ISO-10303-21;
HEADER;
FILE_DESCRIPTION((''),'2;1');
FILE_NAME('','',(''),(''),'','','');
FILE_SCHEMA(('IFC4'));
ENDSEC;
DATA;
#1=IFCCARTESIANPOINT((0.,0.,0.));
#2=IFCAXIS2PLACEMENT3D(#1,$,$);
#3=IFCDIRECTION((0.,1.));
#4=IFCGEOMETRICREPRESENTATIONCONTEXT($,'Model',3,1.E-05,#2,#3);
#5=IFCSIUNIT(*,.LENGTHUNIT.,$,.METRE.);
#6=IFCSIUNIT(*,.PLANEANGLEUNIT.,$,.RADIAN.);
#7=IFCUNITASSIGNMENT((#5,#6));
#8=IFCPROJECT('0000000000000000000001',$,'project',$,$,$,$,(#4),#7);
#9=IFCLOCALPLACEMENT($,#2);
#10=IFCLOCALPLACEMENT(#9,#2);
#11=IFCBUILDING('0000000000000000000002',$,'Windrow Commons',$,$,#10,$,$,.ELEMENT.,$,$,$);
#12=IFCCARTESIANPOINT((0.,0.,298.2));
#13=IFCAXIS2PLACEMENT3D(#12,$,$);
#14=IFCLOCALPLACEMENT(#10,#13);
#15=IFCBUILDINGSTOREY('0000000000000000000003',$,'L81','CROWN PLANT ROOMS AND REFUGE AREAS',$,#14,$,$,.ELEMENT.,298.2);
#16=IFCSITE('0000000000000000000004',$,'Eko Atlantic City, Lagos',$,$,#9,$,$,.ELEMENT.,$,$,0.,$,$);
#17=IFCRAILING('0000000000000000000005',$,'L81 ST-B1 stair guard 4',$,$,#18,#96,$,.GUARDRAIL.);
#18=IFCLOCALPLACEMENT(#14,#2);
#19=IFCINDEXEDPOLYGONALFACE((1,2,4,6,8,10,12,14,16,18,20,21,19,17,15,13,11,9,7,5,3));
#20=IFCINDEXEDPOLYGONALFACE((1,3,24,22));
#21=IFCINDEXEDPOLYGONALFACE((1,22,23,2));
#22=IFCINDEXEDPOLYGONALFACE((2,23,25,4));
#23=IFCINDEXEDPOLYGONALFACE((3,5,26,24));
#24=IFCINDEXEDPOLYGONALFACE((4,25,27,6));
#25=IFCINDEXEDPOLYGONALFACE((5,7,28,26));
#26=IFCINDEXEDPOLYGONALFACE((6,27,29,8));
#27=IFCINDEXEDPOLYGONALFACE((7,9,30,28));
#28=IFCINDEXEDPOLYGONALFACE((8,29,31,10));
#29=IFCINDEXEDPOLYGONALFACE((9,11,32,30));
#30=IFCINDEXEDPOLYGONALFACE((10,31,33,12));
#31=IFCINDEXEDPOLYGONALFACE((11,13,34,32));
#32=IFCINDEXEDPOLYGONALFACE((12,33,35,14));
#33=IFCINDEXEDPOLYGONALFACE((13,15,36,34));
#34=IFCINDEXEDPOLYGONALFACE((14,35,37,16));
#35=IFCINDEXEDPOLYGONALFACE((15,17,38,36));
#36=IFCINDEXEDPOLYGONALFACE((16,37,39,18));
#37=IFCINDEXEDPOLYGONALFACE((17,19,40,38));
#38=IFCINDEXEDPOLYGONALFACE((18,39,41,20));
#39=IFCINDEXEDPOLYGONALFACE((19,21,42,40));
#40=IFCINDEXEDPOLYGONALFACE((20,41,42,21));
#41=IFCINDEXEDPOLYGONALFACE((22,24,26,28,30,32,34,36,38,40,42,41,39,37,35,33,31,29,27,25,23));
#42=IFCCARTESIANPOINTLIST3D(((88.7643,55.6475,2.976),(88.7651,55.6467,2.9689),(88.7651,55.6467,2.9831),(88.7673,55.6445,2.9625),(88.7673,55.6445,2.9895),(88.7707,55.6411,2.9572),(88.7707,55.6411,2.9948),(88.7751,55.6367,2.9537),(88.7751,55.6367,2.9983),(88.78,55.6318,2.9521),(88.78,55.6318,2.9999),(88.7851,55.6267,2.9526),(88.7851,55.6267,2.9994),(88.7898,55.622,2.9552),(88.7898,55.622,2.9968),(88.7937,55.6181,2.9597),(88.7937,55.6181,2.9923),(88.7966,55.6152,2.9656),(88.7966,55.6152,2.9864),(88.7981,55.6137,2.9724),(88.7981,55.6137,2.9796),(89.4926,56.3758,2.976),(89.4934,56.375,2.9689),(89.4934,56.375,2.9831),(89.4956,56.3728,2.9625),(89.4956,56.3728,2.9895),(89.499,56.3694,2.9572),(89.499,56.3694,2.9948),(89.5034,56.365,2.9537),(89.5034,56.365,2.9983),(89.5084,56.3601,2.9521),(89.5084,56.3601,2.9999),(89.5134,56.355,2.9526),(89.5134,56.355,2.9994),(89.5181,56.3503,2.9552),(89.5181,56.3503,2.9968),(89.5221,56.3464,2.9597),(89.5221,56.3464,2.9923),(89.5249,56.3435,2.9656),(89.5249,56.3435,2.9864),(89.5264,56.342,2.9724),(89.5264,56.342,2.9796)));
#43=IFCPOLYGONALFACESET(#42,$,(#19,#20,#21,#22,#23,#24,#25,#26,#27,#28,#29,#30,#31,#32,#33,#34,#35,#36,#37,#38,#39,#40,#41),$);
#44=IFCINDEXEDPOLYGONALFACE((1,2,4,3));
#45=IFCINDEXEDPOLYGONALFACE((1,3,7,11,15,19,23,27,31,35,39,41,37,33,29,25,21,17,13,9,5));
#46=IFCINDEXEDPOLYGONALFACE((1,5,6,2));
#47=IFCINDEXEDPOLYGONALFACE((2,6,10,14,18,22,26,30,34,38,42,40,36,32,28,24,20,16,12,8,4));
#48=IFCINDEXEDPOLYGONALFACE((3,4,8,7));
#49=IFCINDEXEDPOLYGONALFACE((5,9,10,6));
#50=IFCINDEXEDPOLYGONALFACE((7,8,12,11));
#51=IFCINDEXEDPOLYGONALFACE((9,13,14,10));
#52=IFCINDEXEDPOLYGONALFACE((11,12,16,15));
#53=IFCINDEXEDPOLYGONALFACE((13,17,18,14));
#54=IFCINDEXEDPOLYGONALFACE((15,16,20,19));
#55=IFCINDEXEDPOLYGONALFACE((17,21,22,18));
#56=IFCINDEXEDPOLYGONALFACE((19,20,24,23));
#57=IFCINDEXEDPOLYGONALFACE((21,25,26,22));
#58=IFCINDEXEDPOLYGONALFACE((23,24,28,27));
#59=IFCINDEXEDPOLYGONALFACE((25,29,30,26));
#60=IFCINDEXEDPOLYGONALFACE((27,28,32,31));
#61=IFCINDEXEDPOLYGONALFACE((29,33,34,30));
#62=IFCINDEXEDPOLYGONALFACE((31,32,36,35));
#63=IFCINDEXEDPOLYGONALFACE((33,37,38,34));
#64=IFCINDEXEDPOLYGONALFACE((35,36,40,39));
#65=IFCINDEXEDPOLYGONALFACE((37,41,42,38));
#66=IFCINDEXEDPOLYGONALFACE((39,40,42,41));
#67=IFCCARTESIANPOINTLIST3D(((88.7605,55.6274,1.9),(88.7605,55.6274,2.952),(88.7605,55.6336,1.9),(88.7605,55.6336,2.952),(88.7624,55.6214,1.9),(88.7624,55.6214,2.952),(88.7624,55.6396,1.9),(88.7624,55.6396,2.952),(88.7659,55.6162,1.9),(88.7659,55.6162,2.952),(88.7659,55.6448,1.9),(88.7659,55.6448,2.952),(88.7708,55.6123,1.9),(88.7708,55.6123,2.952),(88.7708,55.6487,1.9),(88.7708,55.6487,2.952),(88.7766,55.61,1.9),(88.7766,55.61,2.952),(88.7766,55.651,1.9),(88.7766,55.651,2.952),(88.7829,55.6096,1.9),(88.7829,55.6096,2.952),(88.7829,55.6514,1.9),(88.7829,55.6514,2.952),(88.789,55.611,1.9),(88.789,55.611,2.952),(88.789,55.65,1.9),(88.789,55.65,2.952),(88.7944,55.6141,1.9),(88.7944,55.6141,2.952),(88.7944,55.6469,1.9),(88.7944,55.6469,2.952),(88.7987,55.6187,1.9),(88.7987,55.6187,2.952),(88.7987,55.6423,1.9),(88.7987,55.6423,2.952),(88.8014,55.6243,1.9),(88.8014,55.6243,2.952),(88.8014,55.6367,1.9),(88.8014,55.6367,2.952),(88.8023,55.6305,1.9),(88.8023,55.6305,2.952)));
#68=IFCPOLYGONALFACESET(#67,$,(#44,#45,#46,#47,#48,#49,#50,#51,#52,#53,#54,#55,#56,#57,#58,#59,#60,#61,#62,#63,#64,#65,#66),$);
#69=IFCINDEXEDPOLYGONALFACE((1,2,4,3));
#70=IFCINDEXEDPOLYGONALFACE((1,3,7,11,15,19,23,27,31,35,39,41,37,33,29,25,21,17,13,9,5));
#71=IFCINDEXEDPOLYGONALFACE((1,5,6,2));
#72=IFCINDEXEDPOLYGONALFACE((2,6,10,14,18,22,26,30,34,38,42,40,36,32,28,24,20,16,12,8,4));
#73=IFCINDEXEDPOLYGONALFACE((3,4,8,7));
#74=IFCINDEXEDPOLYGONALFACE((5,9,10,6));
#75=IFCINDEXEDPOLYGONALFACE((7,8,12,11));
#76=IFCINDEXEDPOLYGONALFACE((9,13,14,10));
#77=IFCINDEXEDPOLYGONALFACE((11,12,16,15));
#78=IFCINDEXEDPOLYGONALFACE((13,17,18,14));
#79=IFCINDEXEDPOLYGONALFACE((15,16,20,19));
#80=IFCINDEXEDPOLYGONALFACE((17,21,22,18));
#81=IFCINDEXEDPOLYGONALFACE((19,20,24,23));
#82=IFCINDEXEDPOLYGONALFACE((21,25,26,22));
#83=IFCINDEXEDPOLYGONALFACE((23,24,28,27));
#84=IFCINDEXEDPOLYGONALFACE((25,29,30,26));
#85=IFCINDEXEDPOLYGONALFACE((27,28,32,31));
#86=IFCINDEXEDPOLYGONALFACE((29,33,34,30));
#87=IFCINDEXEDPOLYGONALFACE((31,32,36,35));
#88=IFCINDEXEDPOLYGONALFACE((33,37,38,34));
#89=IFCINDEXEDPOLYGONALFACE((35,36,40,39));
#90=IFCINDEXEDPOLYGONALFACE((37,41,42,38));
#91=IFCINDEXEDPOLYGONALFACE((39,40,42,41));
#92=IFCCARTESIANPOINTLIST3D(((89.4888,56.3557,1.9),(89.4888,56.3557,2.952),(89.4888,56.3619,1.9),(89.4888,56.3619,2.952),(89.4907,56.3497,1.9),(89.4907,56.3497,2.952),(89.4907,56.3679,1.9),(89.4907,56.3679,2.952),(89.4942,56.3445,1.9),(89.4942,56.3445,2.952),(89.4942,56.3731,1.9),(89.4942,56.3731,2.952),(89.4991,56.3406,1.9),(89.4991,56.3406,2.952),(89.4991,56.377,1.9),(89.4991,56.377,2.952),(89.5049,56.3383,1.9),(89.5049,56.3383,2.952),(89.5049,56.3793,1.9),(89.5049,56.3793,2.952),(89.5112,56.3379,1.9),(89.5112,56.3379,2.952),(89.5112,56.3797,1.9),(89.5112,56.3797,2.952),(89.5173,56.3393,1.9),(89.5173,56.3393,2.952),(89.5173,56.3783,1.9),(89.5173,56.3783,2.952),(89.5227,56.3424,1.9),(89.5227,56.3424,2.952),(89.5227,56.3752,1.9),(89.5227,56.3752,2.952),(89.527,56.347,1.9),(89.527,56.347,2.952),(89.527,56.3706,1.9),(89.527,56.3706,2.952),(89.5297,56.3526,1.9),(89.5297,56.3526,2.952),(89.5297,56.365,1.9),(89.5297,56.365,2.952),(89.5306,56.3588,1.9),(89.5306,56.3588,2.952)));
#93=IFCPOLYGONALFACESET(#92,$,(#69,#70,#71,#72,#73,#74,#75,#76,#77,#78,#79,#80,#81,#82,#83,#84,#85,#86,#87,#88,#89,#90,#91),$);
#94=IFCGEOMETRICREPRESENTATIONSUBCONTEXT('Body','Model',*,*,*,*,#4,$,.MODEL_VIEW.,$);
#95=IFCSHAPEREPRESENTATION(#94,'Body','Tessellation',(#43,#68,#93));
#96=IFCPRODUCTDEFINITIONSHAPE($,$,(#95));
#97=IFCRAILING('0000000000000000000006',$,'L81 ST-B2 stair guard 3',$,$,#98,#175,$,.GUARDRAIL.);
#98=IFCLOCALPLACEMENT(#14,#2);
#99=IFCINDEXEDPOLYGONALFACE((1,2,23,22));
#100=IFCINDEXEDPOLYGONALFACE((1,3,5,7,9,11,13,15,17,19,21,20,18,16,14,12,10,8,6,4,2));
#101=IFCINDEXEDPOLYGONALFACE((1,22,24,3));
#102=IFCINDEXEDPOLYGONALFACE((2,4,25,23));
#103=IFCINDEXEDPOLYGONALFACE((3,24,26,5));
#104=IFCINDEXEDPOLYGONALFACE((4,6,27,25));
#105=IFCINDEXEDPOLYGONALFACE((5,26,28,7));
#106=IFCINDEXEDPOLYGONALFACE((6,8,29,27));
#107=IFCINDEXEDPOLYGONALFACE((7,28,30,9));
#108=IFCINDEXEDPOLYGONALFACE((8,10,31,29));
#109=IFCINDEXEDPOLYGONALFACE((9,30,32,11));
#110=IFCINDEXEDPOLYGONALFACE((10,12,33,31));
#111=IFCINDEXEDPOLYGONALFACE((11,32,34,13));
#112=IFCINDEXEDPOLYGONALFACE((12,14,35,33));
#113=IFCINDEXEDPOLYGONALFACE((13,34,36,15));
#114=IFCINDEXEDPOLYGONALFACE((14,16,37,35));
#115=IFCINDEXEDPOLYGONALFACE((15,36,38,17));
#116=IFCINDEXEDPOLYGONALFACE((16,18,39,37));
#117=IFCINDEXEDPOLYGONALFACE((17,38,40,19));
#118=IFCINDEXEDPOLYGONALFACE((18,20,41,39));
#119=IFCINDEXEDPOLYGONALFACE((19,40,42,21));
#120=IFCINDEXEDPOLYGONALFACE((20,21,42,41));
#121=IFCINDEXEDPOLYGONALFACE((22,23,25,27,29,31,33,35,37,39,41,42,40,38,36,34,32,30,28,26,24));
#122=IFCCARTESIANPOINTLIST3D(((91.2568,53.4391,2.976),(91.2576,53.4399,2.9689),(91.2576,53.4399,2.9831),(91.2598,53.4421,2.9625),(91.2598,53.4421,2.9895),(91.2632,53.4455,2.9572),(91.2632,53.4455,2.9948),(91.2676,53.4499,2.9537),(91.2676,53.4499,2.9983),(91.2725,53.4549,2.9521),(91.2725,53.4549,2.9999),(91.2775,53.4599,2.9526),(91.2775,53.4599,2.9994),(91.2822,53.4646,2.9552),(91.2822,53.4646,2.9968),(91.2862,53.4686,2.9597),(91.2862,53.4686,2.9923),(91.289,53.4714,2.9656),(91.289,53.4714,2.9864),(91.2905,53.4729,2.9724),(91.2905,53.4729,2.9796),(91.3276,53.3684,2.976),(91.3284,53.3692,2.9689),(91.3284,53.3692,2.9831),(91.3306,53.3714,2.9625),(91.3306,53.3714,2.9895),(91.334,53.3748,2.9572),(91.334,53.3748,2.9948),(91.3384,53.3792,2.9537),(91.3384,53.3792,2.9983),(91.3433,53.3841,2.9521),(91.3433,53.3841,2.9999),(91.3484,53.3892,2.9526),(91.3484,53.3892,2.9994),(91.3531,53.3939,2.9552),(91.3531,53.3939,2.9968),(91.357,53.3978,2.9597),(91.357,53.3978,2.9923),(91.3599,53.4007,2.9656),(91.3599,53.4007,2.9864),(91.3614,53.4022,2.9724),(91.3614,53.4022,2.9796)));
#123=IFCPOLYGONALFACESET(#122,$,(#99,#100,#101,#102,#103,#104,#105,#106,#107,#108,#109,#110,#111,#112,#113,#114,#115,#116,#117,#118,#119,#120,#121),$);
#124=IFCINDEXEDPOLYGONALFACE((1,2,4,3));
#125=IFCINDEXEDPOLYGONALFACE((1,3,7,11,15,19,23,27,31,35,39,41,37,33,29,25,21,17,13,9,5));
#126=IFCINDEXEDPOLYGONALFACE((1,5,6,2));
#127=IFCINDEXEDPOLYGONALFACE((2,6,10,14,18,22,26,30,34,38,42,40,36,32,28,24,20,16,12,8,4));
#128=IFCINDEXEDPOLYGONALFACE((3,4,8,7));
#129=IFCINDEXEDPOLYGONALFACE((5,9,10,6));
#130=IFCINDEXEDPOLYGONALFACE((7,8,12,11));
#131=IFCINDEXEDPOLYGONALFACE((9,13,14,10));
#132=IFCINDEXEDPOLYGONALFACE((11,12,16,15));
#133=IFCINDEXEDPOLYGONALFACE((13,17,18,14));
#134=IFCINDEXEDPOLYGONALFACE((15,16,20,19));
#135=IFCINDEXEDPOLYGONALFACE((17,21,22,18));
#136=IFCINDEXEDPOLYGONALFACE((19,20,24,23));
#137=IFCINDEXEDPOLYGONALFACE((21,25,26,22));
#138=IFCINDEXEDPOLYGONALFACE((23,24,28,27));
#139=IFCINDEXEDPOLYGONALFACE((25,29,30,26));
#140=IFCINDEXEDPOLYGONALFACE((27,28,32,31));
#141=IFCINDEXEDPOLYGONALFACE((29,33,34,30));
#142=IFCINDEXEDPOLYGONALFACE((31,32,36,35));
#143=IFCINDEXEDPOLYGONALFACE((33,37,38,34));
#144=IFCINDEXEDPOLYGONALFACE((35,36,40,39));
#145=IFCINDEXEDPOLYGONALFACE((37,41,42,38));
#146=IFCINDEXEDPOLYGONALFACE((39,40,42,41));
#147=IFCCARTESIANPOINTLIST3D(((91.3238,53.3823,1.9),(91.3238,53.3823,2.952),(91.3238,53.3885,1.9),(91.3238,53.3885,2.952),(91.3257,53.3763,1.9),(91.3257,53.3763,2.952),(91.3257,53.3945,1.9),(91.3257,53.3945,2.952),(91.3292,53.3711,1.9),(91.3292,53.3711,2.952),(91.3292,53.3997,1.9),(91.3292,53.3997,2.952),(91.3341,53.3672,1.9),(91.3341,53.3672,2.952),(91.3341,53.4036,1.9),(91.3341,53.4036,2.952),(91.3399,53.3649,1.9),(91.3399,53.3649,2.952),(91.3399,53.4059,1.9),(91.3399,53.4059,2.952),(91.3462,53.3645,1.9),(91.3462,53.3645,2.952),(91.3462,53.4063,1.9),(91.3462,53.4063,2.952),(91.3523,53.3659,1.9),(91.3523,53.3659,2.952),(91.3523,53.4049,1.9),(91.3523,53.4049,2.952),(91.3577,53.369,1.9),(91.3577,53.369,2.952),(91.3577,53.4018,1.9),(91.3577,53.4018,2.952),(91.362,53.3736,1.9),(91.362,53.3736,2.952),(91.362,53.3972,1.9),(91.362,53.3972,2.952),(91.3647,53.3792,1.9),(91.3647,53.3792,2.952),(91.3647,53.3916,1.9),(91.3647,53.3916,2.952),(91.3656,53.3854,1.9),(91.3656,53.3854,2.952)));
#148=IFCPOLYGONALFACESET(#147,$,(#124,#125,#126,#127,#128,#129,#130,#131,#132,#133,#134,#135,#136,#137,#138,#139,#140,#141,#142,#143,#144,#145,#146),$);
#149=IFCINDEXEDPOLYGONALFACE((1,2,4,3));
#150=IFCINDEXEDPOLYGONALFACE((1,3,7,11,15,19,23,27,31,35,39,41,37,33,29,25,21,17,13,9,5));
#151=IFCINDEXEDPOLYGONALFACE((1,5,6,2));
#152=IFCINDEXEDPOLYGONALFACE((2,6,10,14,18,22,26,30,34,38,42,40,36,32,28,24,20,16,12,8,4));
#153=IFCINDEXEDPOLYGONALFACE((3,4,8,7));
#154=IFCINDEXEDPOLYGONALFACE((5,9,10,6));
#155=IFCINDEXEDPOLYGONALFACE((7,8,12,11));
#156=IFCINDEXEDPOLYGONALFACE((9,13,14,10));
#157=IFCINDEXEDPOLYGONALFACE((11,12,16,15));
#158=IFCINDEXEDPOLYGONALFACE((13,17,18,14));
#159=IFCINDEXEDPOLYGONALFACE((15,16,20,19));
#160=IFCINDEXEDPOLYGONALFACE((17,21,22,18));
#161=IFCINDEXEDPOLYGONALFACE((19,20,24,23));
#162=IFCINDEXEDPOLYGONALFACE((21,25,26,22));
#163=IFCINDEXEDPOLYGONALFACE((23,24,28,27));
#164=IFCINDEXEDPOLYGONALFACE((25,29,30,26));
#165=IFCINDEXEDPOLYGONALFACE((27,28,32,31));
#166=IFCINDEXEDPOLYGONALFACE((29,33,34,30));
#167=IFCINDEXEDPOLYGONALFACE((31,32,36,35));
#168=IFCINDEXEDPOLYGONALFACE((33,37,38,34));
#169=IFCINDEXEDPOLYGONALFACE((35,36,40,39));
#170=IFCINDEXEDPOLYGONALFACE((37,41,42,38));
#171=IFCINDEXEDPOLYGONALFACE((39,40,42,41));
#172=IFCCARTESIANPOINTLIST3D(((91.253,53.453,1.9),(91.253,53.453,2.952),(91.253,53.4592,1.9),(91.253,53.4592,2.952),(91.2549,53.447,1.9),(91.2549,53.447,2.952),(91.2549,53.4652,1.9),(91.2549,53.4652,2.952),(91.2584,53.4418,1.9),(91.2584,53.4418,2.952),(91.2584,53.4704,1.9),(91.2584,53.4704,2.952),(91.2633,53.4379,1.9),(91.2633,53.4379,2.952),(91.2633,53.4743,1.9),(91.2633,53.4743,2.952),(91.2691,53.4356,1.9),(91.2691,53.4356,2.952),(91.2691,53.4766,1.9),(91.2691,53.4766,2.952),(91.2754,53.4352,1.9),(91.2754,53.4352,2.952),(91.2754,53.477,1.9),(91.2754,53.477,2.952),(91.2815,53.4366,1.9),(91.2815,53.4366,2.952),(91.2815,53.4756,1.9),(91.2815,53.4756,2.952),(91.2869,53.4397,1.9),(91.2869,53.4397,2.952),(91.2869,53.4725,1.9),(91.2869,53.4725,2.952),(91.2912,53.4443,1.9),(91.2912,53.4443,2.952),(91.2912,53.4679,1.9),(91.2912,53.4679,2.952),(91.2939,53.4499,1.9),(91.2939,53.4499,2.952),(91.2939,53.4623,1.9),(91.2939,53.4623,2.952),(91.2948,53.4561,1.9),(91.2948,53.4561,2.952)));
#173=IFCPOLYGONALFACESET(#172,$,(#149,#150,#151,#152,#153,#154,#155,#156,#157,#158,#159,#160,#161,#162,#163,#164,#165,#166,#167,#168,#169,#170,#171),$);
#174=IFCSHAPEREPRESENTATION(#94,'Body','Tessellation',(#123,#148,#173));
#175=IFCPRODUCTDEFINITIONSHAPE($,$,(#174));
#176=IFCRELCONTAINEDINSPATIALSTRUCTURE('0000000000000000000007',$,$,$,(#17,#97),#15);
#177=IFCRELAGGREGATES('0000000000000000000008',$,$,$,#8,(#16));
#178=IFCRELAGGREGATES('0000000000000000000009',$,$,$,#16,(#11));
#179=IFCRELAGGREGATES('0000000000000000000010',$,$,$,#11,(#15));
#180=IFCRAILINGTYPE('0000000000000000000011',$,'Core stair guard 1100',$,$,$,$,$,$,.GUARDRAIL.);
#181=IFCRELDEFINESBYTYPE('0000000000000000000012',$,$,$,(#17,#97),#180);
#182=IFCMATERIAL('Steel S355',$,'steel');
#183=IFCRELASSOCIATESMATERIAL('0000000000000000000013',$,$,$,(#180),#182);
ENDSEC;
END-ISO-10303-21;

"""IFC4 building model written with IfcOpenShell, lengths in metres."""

from ifc_helpers import new_model, si_unit, direction, frame, origin, origin_2d, place, context, subcontext, project, spatial, circle, extrude, material, type_object, element, save


model = new_model("IFC4")

# Units and contexts
model_context = context("Model", 3, precision=1e-05, world=origin(), true_north=direction((0.0, 1.0)))
body_context = subcontext(model_context, "Body", "Model", "MODEL_VIEW")
ifc_project = project(units=[si_unit("LENGTHUNIT", "METRE"), si_unit("PLANEANGLEUNIT", "RADIAN")], contexts=[model_context])

# Site, building, storey
site_placement = place(None, origin())
site = spatial("IfcSite", under=ifc_project, at=site_placement, Name="Eko Atlantic City, Lagos", CompositionType="ELEMENT", RefElevation=0.0)
building_placement = place(site_placement, origin())
building = spatial("IfcBuilding", under=site, at=building_placement, Name="Windrow Commons", CompositionType="ELEMENT")
storey_placement = place(building_placement, frame((0.0, 0.0, 298.2)))
storey = spatial("IfcBuildingStorey", under=building, at=storey_placement, Name="L81", Description="CROWN PLANT ROOMS AND REFUGE AREAS", CompositionType="ELEMENT", Elevation=298.2)

# Railings
ifc_material_1 = material(Name="Steel S355", Category="steel")
railing_type_1 = type_object("IfcRailingType", Name="Core stair guard 1100", PredefinedType="GUARDRAIL", material=ifc_material_1)
railing_1_placement = place(storey_placement, frame((88.7813, 55.6305, 1.9)))
element("IfcRailing", 1, at=railing_1_placement, inside=storey, type_object=railing_type_1, Name="L81 ST-B1 stair guard 4", PredefinedType="GUARDRAIL", context=body_context, shape_type="SweptSolid", body=[
    extrude(circle(Radius=0.024, at=origin_2d()), frame((0.0, 0.0, 1.076), z_axis=(0.707107, 0.707107, 0.0), x_axis=(-0.707107, 0.707107, 0.0)), (0.0, 0.0, 1.0), 1.03),
    extrude(circle(Radius=0.021, at=origin_2d()), origin(), (0.0, 0.0, 1.0), 1.052),
    extrude(circle(Radius=0.021, at=origin_2d()), frame((0.7283, 0.7283, 0.0)), (0.0, 0.0, 1.0), 1.052),
])
railing_2_placement = place(storey_placement, frame((91.3446, 53.3854, 1.9)))
element("IfcRailing", 2, at=railing_2_placement, inside=storey, type_object=railing_type_1, Name="L81 ST-B2 stair guard 3", PredefinedType="GUARDRAIL", context=body_context, shape_type="SweptSolid", body=[
    extrude(circle(Radius=0.024, at=origin_2d()), frame((0.0, 0.0, 1.076), z_axis=(-0.707606, 0.706607, 0.0), x_axis=(-0.706607, -0.707606, 0.0)), (0.0, 0.0, 1.0), 0.1001),
    extrude(circle(Radius=0.021, at=origin_2d()), origin(), (0.0, 0.0, 1.0), 1.052),
    extrude(circle(Radius=0.021, at=origin_2d()), frame((-0.0708, 0.0707, 0.0)), (0.0, 0.0, 1.0), 1.052),
])

save(model, "model.ifc")
